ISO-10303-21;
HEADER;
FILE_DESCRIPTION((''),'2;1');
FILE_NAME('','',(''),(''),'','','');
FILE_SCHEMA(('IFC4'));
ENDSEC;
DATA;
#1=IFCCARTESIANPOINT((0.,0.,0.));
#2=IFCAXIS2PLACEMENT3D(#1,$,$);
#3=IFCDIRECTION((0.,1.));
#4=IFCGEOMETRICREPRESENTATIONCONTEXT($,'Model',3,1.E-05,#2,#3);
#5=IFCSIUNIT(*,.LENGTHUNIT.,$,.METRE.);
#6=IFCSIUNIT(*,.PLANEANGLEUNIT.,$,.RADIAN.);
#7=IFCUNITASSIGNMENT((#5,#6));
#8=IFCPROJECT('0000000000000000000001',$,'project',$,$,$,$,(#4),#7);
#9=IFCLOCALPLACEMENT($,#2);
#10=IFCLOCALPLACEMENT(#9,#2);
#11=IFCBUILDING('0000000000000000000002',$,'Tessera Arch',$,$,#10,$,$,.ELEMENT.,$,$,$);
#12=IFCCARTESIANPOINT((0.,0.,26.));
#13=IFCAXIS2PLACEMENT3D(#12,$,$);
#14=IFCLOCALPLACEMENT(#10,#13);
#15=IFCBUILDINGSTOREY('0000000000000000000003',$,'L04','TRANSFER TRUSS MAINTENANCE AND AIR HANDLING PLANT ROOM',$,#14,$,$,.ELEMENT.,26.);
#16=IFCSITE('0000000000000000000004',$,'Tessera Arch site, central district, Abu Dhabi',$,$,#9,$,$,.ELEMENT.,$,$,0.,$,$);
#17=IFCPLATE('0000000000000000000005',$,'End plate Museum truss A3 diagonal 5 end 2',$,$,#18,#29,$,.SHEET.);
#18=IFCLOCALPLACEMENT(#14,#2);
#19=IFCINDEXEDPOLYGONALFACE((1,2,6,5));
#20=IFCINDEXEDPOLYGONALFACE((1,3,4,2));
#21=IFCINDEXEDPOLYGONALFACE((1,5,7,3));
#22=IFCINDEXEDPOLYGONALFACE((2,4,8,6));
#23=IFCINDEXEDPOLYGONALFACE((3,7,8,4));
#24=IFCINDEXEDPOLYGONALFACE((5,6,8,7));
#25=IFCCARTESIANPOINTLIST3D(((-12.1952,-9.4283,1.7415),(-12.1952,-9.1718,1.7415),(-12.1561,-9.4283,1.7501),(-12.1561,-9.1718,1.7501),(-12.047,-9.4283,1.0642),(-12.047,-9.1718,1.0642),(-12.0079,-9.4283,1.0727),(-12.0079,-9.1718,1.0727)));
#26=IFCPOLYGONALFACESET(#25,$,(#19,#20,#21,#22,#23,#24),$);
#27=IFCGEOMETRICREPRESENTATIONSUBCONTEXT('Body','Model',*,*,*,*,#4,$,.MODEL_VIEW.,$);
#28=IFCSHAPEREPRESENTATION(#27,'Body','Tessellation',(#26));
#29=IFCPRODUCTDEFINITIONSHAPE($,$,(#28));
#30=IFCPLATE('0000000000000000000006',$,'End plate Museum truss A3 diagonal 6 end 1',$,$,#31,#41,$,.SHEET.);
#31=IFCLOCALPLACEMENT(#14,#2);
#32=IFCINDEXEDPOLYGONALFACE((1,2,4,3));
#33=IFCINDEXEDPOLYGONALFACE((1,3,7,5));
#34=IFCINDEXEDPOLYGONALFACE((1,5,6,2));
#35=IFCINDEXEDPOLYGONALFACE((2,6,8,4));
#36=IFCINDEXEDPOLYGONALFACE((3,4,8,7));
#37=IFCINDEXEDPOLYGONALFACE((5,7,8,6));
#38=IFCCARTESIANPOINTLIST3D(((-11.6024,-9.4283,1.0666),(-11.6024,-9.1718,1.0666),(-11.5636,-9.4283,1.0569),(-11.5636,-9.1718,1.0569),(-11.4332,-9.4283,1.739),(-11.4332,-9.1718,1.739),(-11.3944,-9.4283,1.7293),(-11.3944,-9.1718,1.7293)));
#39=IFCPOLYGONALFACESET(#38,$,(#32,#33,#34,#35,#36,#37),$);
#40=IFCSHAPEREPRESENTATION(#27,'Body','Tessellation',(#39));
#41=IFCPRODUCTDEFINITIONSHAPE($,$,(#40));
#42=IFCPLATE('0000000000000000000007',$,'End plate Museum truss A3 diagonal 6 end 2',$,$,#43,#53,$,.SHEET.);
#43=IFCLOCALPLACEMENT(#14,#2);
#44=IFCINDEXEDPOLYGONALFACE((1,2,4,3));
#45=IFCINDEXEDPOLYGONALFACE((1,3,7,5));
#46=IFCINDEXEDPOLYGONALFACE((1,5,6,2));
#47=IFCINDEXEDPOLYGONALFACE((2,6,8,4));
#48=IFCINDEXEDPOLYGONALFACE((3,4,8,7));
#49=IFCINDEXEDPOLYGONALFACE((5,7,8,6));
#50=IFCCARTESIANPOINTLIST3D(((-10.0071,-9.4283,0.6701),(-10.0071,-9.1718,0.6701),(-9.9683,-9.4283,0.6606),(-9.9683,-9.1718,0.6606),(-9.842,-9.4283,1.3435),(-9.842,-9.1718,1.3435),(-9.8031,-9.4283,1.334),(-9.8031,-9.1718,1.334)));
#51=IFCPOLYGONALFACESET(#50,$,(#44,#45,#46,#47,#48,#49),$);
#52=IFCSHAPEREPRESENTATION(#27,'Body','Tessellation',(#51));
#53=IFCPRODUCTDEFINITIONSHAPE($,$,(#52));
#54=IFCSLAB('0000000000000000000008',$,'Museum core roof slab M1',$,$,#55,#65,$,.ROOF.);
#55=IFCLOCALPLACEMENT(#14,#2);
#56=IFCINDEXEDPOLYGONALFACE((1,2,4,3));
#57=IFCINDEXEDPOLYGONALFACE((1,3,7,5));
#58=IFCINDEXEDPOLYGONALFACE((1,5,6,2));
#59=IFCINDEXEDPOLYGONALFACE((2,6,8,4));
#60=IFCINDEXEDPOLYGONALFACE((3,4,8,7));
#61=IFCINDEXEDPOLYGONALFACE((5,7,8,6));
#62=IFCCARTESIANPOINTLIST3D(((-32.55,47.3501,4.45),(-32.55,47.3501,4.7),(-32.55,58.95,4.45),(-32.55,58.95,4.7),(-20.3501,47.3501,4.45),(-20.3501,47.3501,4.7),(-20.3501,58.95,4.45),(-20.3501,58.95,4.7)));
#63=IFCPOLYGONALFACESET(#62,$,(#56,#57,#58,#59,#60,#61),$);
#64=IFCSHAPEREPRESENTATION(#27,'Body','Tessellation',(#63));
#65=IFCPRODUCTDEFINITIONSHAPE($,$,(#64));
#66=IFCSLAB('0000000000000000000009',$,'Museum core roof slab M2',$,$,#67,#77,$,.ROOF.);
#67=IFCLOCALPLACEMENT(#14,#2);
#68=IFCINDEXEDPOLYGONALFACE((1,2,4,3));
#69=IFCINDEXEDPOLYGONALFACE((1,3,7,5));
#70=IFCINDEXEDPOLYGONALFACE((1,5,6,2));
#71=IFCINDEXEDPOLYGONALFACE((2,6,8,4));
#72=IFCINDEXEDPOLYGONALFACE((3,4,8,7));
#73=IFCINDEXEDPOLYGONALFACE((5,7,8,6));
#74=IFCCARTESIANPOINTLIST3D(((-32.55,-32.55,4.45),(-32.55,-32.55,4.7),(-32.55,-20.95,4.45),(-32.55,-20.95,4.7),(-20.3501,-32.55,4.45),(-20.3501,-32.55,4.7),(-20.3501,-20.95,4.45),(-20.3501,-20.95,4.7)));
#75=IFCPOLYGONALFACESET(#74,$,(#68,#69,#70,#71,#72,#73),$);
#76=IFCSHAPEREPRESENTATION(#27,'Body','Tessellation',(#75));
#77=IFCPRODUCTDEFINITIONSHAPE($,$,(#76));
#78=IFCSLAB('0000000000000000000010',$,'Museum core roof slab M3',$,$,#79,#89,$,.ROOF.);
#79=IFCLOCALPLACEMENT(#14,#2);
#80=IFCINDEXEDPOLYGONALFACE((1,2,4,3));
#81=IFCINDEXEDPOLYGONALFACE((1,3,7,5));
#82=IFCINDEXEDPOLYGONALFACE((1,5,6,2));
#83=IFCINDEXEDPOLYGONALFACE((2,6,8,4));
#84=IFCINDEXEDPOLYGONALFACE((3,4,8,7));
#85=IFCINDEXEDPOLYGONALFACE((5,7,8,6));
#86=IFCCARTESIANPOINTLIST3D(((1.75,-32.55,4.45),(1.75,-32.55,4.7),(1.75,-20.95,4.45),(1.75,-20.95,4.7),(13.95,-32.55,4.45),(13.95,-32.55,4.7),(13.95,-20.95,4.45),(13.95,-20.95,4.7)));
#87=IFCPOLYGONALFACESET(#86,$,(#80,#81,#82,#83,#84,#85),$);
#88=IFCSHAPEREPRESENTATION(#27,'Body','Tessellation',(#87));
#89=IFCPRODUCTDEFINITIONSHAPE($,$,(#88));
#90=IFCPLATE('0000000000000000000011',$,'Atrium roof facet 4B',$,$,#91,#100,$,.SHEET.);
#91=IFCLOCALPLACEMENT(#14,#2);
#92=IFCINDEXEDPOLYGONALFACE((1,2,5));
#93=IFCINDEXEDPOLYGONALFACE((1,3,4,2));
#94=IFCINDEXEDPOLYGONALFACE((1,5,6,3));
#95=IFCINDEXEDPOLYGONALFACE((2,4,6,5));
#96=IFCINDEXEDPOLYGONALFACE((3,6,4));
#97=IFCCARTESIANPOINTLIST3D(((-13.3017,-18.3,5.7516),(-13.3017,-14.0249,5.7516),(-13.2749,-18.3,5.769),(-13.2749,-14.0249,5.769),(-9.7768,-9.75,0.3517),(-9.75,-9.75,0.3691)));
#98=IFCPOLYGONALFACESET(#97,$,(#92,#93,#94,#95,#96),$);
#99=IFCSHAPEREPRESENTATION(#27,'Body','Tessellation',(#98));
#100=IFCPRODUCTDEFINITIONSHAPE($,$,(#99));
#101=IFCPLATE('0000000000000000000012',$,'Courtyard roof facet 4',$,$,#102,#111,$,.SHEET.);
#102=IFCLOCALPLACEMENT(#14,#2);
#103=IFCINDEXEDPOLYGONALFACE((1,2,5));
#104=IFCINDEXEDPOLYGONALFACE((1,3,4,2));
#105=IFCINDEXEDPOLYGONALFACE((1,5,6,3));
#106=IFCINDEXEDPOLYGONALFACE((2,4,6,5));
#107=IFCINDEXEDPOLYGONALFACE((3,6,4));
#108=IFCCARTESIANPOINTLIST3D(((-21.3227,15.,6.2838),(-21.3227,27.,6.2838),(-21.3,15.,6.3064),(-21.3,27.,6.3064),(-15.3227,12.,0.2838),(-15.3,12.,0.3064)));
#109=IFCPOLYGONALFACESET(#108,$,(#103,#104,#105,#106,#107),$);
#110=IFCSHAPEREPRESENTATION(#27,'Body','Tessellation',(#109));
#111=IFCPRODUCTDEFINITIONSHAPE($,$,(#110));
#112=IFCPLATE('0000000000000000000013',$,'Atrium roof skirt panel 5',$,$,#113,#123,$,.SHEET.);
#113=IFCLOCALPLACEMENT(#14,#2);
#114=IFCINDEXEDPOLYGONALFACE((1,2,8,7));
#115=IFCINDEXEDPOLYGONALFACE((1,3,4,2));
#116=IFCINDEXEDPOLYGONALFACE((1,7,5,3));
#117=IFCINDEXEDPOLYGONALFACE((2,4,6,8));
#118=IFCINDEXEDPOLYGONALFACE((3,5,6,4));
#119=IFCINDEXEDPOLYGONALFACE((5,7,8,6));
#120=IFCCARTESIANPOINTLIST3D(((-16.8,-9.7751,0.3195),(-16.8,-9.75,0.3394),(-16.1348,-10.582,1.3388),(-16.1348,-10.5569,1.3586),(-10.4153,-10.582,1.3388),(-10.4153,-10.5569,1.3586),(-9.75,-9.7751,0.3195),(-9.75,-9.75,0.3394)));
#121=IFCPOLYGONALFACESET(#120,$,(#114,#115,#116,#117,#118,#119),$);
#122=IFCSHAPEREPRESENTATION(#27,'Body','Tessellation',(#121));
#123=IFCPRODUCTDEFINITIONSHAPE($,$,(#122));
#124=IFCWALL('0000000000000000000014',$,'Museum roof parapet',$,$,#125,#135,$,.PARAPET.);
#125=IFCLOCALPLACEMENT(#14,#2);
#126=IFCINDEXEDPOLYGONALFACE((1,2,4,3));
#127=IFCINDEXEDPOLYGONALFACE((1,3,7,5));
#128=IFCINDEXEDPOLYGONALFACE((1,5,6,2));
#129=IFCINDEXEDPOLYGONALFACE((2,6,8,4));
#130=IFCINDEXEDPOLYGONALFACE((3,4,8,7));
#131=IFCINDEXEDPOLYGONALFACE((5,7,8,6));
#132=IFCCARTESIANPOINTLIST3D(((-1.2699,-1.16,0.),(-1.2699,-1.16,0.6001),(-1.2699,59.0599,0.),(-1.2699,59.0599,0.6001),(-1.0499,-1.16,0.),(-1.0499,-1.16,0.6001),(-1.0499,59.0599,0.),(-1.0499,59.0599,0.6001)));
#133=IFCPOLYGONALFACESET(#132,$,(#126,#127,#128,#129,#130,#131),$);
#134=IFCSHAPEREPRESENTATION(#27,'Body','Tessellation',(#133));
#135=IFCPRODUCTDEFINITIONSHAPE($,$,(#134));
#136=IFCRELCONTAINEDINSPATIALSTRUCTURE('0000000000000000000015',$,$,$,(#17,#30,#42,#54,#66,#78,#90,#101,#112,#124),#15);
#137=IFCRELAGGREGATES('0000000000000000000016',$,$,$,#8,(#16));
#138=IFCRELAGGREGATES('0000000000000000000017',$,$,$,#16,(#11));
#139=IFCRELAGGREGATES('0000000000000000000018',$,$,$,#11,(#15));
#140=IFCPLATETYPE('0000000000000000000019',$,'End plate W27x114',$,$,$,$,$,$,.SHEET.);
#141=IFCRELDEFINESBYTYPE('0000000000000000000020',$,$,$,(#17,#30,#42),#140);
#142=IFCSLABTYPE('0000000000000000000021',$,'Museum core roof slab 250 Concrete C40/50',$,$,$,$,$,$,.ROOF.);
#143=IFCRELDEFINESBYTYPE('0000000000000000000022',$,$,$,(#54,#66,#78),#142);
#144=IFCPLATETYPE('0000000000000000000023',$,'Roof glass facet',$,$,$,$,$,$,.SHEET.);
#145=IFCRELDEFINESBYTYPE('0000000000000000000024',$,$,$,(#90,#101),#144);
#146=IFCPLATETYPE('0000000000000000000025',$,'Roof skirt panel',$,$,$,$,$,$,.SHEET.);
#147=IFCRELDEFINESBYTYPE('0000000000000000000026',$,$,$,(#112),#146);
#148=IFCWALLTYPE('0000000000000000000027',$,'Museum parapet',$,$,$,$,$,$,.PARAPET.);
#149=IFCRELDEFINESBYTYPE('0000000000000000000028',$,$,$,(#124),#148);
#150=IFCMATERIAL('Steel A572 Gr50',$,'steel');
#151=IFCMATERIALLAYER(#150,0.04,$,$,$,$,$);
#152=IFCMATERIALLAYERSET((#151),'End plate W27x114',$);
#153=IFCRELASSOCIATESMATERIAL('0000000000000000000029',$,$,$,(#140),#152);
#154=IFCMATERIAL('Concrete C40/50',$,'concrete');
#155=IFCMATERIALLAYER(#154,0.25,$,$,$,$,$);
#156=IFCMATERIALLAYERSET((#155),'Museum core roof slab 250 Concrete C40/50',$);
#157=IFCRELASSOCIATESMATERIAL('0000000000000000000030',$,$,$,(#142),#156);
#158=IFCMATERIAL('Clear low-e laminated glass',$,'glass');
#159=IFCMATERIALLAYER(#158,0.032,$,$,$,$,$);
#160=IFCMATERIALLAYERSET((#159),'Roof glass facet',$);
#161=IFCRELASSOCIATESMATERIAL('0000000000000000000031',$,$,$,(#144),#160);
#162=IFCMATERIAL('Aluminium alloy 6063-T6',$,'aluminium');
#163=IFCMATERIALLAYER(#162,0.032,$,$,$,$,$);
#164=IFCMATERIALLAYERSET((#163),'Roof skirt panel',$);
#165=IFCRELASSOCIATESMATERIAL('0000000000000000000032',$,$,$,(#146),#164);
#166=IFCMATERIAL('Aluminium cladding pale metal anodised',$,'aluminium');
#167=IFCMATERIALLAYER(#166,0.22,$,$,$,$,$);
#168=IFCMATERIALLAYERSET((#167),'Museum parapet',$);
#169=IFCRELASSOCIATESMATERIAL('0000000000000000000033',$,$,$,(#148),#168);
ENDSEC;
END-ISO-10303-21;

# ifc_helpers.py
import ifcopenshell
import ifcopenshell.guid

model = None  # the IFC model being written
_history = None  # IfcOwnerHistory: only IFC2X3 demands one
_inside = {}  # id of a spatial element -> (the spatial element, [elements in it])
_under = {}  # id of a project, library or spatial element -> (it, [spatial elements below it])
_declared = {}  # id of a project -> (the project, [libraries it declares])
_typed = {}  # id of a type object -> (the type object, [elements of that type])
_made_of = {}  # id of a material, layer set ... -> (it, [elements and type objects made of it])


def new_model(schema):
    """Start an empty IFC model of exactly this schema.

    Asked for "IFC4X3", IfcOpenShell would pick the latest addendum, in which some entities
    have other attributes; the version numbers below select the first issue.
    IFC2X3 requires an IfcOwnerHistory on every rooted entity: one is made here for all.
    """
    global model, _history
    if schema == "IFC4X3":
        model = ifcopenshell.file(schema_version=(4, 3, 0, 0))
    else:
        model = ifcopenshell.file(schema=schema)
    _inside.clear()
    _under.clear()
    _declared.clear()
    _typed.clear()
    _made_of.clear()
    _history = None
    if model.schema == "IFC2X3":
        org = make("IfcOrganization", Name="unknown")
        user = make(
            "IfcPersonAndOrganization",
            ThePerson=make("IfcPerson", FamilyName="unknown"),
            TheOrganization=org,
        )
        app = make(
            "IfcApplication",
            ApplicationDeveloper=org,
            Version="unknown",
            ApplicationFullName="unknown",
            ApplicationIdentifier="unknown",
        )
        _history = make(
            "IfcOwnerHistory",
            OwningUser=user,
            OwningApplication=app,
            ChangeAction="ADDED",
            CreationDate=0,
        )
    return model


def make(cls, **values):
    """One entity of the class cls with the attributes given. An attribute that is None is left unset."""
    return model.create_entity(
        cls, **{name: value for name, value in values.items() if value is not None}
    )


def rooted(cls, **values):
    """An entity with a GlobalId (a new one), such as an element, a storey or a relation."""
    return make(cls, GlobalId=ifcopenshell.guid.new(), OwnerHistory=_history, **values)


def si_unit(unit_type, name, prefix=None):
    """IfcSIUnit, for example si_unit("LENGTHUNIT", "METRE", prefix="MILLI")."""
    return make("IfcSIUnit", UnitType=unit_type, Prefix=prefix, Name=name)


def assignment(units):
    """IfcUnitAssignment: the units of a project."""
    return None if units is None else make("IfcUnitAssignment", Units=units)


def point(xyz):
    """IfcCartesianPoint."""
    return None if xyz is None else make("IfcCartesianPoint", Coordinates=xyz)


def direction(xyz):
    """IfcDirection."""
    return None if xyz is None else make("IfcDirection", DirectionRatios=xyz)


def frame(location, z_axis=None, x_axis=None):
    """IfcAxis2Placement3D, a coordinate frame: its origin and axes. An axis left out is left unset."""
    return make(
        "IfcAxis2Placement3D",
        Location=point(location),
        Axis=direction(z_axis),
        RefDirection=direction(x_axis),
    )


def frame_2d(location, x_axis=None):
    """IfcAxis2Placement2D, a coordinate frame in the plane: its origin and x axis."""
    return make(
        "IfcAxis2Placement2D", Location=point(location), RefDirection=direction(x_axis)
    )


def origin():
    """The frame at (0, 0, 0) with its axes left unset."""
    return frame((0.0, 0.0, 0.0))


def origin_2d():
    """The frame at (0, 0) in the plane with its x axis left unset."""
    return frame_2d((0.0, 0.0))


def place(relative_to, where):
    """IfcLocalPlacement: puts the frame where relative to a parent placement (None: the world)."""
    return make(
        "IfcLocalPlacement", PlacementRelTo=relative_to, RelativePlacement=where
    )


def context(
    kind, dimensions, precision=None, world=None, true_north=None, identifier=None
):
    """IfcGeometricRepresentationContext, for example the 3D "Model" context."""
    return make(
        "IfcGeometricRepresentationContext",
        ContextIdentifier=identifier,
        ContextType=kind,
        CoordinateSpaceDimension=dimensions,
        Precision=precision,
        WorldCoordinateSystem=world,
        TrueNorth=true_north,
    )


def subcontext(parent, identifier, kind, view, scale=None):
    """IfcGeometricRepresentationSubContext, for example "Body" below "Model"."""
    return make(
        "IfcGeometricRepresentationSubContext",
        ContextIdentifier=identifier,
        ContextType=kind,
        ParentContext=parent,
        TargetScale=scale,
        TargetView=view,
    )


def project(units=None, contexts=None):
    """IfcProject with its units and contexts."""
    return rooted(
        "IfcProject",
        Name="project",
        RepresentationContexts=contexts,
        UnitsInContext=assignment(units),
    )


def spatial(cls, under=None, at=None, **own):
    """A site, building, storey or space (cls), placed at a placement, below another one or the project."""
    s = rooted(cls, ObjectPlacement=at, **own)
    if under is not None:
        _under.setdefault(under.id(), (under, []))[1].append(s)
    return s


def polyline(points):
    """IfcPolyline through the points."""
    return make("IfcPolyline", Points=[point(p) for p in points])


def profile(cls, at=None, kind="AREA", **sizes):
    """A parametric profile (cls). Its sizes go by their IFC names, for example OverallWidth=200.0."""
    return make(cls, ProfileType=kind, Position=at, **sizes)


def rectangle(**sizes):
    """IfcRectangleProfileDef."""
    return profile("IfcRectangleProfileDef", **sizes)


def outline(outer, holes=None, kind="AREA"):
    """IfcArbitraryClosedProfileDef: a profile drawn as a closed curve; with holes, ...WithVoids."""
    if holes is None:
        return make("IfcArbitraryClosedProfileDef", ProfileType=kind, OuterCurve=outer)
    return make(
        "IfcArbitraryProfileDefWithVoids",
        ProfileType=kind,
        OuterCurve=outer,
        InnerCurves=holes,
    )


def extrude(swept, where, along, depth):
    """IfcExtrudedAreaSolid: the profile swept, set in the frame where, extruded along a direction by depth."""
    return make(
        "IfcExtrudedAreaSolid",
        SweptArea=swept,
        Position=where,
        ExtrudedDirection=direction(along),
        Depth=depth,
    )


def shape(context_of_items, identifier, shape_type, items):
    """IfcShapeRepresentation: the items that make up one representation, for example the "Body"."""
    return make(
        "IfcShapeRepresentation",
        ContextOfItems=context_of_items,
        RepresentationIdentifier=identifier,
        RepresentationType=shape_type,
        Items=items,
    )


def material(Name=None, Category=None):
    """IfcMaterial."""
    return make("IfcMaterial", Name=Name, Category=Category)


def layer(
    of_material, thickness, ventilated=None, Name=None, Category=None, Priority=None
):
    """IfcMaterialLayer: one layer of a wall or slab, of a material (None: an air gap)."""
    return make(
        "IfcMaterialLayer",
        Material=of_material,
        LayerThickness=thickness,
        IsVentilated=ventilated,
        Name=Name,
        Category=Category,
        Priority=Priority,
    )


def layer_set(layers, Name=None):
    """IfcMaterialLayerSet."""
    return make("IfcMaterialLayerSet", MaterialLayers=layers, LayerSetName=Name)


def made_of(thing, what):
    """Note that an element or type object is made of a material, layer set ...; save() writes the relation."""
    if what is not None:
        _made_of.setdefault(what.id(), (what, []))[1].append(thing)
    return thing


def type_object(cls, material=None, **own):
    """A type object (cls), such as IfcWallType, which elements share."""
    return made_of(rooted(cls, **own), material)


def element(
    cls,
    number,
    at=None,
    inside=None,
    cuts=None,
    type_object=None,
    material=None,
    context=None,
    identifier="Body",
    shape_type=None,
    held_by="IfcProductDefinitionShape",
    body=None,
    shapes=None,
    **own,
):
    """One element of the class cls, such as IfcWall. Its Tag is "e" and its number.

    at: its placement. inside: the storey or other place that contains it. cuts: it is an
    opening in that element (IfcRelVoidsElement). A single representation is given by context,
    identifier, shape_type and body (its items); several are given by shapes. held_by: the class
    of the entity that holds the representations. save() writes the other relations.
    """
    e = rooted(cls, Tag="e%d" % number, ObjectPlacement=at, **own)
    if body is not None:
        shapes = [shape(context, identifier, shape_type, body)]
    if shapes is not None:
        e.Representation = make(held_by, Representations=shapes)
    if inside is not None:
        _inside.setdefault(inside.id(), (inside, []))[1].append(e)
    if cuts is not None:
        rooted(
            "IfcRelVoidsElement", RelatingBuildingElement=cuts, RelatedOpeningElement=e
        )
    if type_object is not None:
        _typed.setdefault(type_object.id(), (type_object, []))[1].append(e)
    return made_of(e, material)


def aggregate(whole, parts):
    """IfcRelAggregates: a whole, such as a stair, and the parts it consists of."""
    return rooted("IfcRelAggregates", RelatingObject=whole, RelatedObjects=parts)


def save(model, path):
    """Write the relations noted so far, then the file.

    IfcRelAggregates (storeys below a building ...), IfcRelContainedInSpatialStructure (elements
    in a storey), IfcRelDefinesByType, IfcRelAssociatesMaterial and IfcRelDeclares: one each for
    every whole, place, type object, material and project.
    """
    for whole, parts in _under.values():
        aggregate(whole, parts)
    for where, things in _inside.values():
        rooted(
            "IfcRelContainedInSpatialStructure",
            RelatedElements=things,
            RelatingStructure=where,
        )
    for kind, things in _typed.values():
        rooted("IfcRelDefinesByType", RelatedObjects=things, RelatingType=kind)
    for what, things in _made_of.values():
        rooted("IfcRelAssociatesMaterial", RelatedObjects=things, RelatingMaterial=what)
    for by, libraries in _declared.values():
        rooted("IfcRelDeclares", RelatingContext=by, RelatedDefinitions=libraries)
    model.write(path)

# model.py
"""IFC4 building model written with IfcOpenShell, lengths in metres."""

from ifc_helpers import new_model, si_unit, direction, frame, frame_2d, origin, origin_2d, place, context, subcontext, project, spatial, polyline, rectangle, outline, extrude, material, layer, layer_set, type_object, element, save


model = new_model("IFC4")

# Units and contexts
model_context = context("Model", 3, precision=1e-05, world=origin(), true_north=direction((0.0, 1.0)))
body_context = subcontext(model_context, "Body", "Model", "MODEL_VIEW")
ifc_project = project(units=[si_unit("LENGTHUNIT", "METRE"), si_unit("PLANEANGLEUNIT", "RADIAN")], contexts=[model_context])

# Site, building, storey
site_placement = place(None, origin())
site = spatial("IfcSite", under=ifc_project, at=site_placement, Name="Tessera Arch site, central district, Abu Dhabi", CompositionType="ELEMENT", RefElevation=0.0)
building_placement = place(site_placement, origin())
building = spatial("IfcBuilding", under=site, at=building_placement, Name="Tessera Arch", CompositionType="ELEMENT")
storey_placement = place(building_placement, frame((0.0, 0.0, 26.0)))
storey = spatial("IfcBuildingStorey", under=building, at=storey_placement, Name="L04", Description="TRANSFER TRUSS MAINTENANCE AND AIR HANDLING PLANT ROOM", CompositionType="ELEMENT", Elevation=26.0)

# Plates
ifc_material_1 = material(Name="Steel A572 Gr50", Category="steel")
ifc_layer_1 = layer(ifc_material_1, 0.04)
ifc_layer_set_1 = layer_set([ifc_layer_1], Name="End plate W27x114")
plate_type_1 = type_object("IfcPlateType", Name="End plate W27x114", PredefinedType="SHEET", material=ifc_layer_set_1)
for number, where, z_axis, x_axis, name in (
    (1, (-12.1211, -9.3, 1.4028), (0.9769, 0.0, 0.213697), (0.0, 1.0, 0.0), "End plate Museum truss A3 diagonal 5 end 2"),
    (2, (-11.5178, -9.3, 1.4028), (0.969783, 0.0, -0.24397), (0.0, 1.0, 0.0), "End plate Museum truss A3 diagonal 6 end 1"),
    (3, (-9.9246, -9.3, 1.0068), (0.971211, 0.0, -0.238222), (0.0, 1.0, 0.0), "End plate Museum truss A3 diagonal 6 end 2"),
):
    element("IfcPlate", number, at=place(storey_placement, frame(where, z_axis=z_axis, x_axis=x_axis)), inside=storey, type_object=plate_type_1, Name=name, PredefinedType="SHEET", context=body_context, shape_type="SweptSolid", body=[
        extrude(rectangle(XDim=0.2566, YDim=0.6934, at=origin_2d()), origin(), (0.0, 0.0, 1.0), 0.04),
    ])

# Slabs
ifc_material_2 = material(Name="Concrete C40/50", Category="concrete")
ifc_layer_2 = layer(ifc_material_2, 0.25)
ifc_layer_set_2 = layer_set([ifc_layer_2], Name="Museum core roof slab 250 Concrete C40/50")
slab_type_1 = type_object("IfcSlabType", Name="Museum core roof slab 250 Concrete C40/50", PredefinedType="ROOF", material=ifc_layer_set_2)
slab_1_placement = place(storey_placement, frame((0.0, 0.0, 4.45)))
element("IfcSlab", 4, at=slab_1_placement, inside=storey, type_object=slab_type_1, Name="Museum core roof slab M1", PredefinedType="ROOF", context=body_context, shape_type="SweptSolid", body=[
    extrude(outline(polyline([(-32.55, 47.3501), (-20.3501, 47.3501), (-20.3501, 58.95), (-32.55, 58.95), (-32.55, 47.3501)])), origin(), (0.0, 0.0, 1.0), 0.25),
])
slab_2_placement = place(storey_placement, frame((0.0, 0.0, 4.45)))
element("IfcSlab", 5, at=slab_2_placement, inside=storey, type_object=slab_type_1, Name="Museum core roof slab M2", PredefinedType="ROOF", context=body_context, shape_type="SweptSolid", body=[
    extrude(outline(polyline([(-32.55, -32.55), (-20.3501, -32.55), (-20.3501, -20.95), (-32.55, -20.95), (-32.55, -32.55)])), origin(), (0.0, 0.0, 1.0), 0.25),
])
slab_3_placement = place(storey_placement, frame((0.0, 0.0, 4.45)))
element("IfcSlab", 6, at=slab_3_placement, inside=storey, type_object=slab_type_1, Name="Museum core roof slab M3", PredefinedType="ROOF", context=body_context, shape_type="SweptSolid", body=[
    extrude(outline(polyline([(1.75, -32.55), (13.95, -32.55), (13.95, -20.95), (1.75, -20.95), (1.75, -32.55)])), origin(), (0.0, 0.0, 1.0), 0.25),
])

# Plates
ifc_material_3 = material(Name="Clear low-e laminated glass", Category="glass")
ifc_layer_3 = layer(ifc_material_3, 0.032)
ifc_layer_set_3 = layer_set([ifc_layer_3], Name="Roof glass facet")
plate_type_2 = type_object("IfcPlateType", Name="Roof glass facet", PredefinedType="SHEET", material=ifc_layer_set_3)
plate_1_placement = place(storey_placement, frame((-9.75, -9.75, 0.3691), z_axis=(0.837382, 0.0, 0.546619), x_axis=(-0.4556, -0.552539, 0.697947)))
element("IfcPlate", 7, at=plate_1_placement, inside=storey, type_object=plate_type_2, Name="Atrium roof facet 4B", PredefinedType="SHEET", context=body_context, shape_type="SweptSolid", body=[
    extrude(outline(polyline([(0.0, 0.0), (7.7368, 0.0), (10.099, 3.5633), (0.0, 0.0)])), origin(), (0.0, 0.0, -1.0), 0.032),
])
plate_2_placement = place(storey_placement, frame((-15.3, 12.0, 0.3064), z_axis=(0.707107, 0.0, 0.707107), x_axis=(-0.348155, 0.870388, 0.348155)))
element("IfcPlate", 8, at=plate_2_placement, inside=storey, type_object=plate_type_2, Name="Courtyard roof facet 4", PredefinedType="SHEET", context=body_context, shape_type="SweptSolid", body=[
    extrude(outline(polyline([(0.0, 0.0), (17.2337, 0.0), (6.789, 5.9084), (0.0, 0.0)])), origin(), (0.0, 0.0, -1.0), 0.032),
])
ifc_material_4 = material(Name="Aluminium alloy 6063-T6", Category="aluminium")
ifc_layer_4 = layer(ifc_material_4, 0.032)
ifc_layer_set_4 = layer_set([ifc_layer_4], Name="Roof skirt panel")
plate_type_3 = type_object("IfcPlateType", Name="Roof skirt panel", PredefinedType="SHEET", material=ifc_layer_set_4)
plate_3_placement = place(storey_placement, frame((-9.75, -9.75, 0.3394), z_axis=(0.0, 0.784065, 0.620679), x_axis=(-1.0, 0.0, 0.0)))
element("IfcPlate", 9, at=plate_3_placement, inside=storey, type_object=plate_type_3, Name="Atrium roof skirt panel 5", PredefinedType="SHEET", context=body_context, shape_type="SweptSolid", body=[
    extrude(outline(polyline([(0.0, 0.0), (7.05, 0.0), (6.3848, 1.3), (0.6653, 1.3), (0.0, 0.0)])), origin(), (0.0, 0.0, -1.0), 0.032),
])

# Wall
ifc_material_5 = material(Name="Aluminium cladding pale metal anodised", Category="aluminium")
ifc_layer_5 = layer(ifc_material_5, 0.22)
ifc_layer_set_5 = layer_set([ifc_layer_5], Name="Museum parapet")
wall_type = type_object("IfcWallType", Name="Museum parapet", PredefinedType="PARAPET", material=ifc_layer_set_5)
wall_placement = place(storey_placement, frame((-1.1599, -1.1599, 0.0), z_axis=(0.0, 0.0, 1.0), x_axis=(0.0, 1.0, 0.0)))
element("IfcWall", 10, at=wall_placement, inside=storey, type_object=wall_type, Name="Museum roof parapet", PredefinedType="PARAPET", context=body_context, shape_type="SweptSolid", body=[
    extrude(rectangle(XDim=60.22, YDim=0.22, at=frame_2d((30.1099, 0.0))), origin(), (0.0, 0.0, 1.0), 0.6001),
])

save(model, "model.ifc")
